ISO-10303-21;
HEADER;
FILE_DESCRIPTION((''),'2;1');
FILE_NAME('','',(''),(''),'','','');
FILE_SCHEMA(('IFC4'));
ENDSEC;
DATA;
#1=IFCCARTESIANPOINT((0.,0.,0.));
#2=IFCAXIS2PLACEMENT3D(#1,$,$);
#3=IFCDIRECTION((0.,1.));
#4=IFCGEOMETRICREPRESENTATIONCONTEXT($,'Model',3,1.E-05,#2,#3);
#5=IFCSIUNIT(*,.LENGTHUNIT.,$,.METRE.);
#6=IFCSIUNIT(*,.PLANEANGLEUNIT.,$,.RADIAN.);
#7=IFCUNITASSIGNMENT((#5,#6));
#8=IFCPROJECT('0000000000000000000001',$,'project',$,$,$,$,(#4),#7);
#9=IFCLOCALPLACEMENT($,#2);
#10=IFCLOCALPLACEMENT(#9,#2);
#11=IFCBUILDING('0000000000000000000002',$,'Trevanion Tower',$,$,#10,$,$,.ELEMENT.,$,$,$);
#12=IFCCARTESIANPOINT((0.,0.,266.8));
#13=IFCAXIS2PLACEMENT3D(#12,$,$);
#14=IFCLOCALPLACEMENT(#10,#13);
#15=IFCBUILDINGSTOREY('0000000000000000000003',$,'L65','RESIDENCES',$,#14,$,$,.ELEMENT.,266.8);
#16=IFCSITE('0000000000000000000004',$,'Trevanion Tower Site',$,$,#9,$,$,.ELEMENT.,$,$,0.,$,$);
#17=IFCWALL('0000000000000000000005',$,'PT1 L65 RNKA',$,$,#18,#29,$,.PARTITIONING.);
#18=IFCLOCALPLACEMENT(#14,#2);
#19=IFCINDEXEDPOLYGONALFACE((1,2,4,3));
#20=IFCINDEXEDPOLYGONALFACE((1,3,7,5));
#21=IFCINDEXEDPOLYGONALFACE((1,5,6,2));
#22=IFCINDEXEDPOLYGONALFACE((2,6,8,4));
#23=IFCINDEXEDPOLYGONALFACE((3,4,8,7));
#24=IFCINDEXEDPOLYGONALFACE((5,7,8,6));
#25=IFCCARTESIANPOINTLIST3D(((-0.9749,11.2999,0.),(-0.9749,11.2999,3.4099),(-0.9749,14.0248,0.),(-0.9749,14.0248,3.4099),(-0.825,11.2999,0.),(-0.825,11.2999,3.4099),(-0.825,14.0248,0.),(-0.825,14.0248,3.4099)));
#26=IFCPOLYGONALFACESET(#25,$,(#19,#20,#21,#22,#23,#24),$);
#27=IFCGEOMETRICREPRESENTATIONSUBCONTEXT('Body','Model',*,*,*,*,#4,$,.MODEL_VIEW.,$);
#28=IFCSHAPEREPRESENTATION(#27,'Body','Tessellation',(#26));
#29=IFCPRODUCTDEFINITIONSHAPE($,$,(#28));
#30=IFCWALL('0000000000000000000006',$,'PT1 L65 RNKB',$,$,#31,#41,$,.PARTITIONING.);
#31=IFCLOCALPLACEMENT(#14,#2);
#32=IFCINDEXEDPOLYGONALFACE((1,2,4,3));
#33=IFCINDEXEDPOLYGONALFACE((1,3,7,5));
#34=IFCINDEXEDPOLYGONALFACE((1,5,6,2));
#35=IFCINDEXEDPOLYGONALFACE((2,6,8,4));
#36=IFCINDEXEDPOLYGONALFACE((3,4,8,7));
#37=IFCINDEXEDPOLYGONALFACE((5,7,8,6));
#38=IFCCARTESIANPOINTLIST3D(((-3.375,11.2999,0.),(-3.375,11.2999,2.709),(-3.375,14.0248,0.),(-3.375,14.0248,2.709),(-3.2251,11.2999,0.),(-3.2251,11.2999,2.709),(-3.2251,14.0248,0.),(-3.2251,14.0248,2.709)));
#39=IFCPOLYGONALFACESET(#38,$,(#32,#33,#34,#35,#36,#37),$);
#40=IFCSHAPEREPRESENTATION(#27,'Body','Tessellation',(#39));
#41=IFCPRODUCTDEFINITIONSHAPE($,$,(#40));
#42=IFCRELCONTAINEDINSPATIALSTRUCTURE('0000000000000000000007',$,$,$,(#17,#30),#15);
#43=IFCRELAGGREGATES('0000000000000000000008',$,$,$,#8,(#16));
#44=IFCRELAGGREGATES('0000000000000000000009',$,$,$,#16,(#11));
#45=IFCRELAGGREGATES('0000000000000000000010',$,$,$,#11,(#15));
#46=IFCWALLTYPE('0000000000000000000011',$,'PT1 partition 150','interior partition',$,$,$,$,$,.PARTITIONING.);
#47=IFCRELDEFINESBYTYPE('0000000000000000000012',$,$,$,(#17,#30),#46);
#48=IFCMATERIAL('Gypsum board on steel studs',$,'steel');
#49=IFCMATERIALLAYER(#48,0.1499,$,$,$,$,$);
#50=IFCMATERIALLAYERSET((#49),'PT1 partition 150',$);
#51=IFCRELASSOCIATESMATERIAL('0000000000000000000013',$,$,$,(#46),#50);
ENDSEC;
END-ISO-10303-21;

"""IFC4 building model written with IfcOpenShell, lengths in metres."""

from ifc_helpers import new_model, si_unit, direction, frame, frame_2d, origin, place, context, subcontext, project, spatial, rectangle, extrude, material, layer, layer_set, type_object, element, save


model = new_model("IFC4")

# Units and contexts
model_context = context("Model", 3, precision=1e-05, world=origin(), true_north=direction((0.0, 1.0)))
body_context = subcontext(model_context, "Body", "Model", "MODEL_VIEW")
ifc_project = project(units=[si_unit("LENGTHUNIT", "METRE"), si_unit("PLANEANGLEUNIT", "RADIAN")], contexts=[model_context])

# Site, building, storey
site_placement = place(None, origin())
site = spatial("IfcSite", under=ifc_project, at=site_placement, Name="Trevanion Tower Site", CompositionType="ELEMENT", RefElevation=0.0)
building_placement = place(site_placement, origin())
building = spatial("IfcBuilding", under=site, at=building_placement, Name="Trevanion Tower", CompositionType="ELEMENT")
storey_placement = place(building_placement, frame((0.0, 0.0, 266.8)))
storey = spatial("IfcBuildingStorey", under=building, at=storey_placement, Name="L65", Description="RESIDENCES", CompositionType="ELEMENT", Elevation=266.8)

# Shared definitions
ifc_material_1 = material(Name="Gypsum board on steel studs", Category="steel")
ifc_layer_1 = layer(ifc_material_1, 0.1499)
ifc_layer_set_1 = layer_set([ifc_layer_1], Name="PT1 partition 150")
wall_type_1 = type_object("IfcWallType", Name="PT1 partition 150", Description="interior partition", PredefinedType="PARTITIONING", material=ifc_layer_set_1)

# Walls
wall_1_placement = place(storey_placement, frame((-0.8999, 11.3, 0.0), z_axis=(0.0, 0.0, 1.0), x_axis=(0.0, 1.0, 0.0)))
element("IfcWall", 1, at=wall_1_placement, inside=storey, type_object=wall_type_1, Name="PT1 L65 RNKA", PredefinedType="PARTITIONING", context=body_context, shape_type="SweptSolid", body=[
    extrude(rectangle(XDim=2.7249, YDim=0.1499, at=frame_2d((1.3623, 0.0))), origin(), (0.0, 0.0, 1.0), 3.4099),
])
wall_2_placement = place(storey_placement, frame((-3.3, 11.3, 0.0), z_axis=(0.0, 0.0, 1.0), x_axis=(0.0, 1.0, 0.0)))
element("IfcWall", 2, at=wall_2_placement, inside=storey, type_object=wall_type_1, Name="PT1 L65 RNKB", PredefinedType="PARTITIONING", context=body_context, shape_type="SweptSolid", body=[
    extrude(rectangle(XDim=2.7249, YDim=0.1499, at=frame_2d((1.3623, 0.0))), origin(), (0.0, 0.0, 1.0), 2.709),
])

save(model, "model.ifc")
